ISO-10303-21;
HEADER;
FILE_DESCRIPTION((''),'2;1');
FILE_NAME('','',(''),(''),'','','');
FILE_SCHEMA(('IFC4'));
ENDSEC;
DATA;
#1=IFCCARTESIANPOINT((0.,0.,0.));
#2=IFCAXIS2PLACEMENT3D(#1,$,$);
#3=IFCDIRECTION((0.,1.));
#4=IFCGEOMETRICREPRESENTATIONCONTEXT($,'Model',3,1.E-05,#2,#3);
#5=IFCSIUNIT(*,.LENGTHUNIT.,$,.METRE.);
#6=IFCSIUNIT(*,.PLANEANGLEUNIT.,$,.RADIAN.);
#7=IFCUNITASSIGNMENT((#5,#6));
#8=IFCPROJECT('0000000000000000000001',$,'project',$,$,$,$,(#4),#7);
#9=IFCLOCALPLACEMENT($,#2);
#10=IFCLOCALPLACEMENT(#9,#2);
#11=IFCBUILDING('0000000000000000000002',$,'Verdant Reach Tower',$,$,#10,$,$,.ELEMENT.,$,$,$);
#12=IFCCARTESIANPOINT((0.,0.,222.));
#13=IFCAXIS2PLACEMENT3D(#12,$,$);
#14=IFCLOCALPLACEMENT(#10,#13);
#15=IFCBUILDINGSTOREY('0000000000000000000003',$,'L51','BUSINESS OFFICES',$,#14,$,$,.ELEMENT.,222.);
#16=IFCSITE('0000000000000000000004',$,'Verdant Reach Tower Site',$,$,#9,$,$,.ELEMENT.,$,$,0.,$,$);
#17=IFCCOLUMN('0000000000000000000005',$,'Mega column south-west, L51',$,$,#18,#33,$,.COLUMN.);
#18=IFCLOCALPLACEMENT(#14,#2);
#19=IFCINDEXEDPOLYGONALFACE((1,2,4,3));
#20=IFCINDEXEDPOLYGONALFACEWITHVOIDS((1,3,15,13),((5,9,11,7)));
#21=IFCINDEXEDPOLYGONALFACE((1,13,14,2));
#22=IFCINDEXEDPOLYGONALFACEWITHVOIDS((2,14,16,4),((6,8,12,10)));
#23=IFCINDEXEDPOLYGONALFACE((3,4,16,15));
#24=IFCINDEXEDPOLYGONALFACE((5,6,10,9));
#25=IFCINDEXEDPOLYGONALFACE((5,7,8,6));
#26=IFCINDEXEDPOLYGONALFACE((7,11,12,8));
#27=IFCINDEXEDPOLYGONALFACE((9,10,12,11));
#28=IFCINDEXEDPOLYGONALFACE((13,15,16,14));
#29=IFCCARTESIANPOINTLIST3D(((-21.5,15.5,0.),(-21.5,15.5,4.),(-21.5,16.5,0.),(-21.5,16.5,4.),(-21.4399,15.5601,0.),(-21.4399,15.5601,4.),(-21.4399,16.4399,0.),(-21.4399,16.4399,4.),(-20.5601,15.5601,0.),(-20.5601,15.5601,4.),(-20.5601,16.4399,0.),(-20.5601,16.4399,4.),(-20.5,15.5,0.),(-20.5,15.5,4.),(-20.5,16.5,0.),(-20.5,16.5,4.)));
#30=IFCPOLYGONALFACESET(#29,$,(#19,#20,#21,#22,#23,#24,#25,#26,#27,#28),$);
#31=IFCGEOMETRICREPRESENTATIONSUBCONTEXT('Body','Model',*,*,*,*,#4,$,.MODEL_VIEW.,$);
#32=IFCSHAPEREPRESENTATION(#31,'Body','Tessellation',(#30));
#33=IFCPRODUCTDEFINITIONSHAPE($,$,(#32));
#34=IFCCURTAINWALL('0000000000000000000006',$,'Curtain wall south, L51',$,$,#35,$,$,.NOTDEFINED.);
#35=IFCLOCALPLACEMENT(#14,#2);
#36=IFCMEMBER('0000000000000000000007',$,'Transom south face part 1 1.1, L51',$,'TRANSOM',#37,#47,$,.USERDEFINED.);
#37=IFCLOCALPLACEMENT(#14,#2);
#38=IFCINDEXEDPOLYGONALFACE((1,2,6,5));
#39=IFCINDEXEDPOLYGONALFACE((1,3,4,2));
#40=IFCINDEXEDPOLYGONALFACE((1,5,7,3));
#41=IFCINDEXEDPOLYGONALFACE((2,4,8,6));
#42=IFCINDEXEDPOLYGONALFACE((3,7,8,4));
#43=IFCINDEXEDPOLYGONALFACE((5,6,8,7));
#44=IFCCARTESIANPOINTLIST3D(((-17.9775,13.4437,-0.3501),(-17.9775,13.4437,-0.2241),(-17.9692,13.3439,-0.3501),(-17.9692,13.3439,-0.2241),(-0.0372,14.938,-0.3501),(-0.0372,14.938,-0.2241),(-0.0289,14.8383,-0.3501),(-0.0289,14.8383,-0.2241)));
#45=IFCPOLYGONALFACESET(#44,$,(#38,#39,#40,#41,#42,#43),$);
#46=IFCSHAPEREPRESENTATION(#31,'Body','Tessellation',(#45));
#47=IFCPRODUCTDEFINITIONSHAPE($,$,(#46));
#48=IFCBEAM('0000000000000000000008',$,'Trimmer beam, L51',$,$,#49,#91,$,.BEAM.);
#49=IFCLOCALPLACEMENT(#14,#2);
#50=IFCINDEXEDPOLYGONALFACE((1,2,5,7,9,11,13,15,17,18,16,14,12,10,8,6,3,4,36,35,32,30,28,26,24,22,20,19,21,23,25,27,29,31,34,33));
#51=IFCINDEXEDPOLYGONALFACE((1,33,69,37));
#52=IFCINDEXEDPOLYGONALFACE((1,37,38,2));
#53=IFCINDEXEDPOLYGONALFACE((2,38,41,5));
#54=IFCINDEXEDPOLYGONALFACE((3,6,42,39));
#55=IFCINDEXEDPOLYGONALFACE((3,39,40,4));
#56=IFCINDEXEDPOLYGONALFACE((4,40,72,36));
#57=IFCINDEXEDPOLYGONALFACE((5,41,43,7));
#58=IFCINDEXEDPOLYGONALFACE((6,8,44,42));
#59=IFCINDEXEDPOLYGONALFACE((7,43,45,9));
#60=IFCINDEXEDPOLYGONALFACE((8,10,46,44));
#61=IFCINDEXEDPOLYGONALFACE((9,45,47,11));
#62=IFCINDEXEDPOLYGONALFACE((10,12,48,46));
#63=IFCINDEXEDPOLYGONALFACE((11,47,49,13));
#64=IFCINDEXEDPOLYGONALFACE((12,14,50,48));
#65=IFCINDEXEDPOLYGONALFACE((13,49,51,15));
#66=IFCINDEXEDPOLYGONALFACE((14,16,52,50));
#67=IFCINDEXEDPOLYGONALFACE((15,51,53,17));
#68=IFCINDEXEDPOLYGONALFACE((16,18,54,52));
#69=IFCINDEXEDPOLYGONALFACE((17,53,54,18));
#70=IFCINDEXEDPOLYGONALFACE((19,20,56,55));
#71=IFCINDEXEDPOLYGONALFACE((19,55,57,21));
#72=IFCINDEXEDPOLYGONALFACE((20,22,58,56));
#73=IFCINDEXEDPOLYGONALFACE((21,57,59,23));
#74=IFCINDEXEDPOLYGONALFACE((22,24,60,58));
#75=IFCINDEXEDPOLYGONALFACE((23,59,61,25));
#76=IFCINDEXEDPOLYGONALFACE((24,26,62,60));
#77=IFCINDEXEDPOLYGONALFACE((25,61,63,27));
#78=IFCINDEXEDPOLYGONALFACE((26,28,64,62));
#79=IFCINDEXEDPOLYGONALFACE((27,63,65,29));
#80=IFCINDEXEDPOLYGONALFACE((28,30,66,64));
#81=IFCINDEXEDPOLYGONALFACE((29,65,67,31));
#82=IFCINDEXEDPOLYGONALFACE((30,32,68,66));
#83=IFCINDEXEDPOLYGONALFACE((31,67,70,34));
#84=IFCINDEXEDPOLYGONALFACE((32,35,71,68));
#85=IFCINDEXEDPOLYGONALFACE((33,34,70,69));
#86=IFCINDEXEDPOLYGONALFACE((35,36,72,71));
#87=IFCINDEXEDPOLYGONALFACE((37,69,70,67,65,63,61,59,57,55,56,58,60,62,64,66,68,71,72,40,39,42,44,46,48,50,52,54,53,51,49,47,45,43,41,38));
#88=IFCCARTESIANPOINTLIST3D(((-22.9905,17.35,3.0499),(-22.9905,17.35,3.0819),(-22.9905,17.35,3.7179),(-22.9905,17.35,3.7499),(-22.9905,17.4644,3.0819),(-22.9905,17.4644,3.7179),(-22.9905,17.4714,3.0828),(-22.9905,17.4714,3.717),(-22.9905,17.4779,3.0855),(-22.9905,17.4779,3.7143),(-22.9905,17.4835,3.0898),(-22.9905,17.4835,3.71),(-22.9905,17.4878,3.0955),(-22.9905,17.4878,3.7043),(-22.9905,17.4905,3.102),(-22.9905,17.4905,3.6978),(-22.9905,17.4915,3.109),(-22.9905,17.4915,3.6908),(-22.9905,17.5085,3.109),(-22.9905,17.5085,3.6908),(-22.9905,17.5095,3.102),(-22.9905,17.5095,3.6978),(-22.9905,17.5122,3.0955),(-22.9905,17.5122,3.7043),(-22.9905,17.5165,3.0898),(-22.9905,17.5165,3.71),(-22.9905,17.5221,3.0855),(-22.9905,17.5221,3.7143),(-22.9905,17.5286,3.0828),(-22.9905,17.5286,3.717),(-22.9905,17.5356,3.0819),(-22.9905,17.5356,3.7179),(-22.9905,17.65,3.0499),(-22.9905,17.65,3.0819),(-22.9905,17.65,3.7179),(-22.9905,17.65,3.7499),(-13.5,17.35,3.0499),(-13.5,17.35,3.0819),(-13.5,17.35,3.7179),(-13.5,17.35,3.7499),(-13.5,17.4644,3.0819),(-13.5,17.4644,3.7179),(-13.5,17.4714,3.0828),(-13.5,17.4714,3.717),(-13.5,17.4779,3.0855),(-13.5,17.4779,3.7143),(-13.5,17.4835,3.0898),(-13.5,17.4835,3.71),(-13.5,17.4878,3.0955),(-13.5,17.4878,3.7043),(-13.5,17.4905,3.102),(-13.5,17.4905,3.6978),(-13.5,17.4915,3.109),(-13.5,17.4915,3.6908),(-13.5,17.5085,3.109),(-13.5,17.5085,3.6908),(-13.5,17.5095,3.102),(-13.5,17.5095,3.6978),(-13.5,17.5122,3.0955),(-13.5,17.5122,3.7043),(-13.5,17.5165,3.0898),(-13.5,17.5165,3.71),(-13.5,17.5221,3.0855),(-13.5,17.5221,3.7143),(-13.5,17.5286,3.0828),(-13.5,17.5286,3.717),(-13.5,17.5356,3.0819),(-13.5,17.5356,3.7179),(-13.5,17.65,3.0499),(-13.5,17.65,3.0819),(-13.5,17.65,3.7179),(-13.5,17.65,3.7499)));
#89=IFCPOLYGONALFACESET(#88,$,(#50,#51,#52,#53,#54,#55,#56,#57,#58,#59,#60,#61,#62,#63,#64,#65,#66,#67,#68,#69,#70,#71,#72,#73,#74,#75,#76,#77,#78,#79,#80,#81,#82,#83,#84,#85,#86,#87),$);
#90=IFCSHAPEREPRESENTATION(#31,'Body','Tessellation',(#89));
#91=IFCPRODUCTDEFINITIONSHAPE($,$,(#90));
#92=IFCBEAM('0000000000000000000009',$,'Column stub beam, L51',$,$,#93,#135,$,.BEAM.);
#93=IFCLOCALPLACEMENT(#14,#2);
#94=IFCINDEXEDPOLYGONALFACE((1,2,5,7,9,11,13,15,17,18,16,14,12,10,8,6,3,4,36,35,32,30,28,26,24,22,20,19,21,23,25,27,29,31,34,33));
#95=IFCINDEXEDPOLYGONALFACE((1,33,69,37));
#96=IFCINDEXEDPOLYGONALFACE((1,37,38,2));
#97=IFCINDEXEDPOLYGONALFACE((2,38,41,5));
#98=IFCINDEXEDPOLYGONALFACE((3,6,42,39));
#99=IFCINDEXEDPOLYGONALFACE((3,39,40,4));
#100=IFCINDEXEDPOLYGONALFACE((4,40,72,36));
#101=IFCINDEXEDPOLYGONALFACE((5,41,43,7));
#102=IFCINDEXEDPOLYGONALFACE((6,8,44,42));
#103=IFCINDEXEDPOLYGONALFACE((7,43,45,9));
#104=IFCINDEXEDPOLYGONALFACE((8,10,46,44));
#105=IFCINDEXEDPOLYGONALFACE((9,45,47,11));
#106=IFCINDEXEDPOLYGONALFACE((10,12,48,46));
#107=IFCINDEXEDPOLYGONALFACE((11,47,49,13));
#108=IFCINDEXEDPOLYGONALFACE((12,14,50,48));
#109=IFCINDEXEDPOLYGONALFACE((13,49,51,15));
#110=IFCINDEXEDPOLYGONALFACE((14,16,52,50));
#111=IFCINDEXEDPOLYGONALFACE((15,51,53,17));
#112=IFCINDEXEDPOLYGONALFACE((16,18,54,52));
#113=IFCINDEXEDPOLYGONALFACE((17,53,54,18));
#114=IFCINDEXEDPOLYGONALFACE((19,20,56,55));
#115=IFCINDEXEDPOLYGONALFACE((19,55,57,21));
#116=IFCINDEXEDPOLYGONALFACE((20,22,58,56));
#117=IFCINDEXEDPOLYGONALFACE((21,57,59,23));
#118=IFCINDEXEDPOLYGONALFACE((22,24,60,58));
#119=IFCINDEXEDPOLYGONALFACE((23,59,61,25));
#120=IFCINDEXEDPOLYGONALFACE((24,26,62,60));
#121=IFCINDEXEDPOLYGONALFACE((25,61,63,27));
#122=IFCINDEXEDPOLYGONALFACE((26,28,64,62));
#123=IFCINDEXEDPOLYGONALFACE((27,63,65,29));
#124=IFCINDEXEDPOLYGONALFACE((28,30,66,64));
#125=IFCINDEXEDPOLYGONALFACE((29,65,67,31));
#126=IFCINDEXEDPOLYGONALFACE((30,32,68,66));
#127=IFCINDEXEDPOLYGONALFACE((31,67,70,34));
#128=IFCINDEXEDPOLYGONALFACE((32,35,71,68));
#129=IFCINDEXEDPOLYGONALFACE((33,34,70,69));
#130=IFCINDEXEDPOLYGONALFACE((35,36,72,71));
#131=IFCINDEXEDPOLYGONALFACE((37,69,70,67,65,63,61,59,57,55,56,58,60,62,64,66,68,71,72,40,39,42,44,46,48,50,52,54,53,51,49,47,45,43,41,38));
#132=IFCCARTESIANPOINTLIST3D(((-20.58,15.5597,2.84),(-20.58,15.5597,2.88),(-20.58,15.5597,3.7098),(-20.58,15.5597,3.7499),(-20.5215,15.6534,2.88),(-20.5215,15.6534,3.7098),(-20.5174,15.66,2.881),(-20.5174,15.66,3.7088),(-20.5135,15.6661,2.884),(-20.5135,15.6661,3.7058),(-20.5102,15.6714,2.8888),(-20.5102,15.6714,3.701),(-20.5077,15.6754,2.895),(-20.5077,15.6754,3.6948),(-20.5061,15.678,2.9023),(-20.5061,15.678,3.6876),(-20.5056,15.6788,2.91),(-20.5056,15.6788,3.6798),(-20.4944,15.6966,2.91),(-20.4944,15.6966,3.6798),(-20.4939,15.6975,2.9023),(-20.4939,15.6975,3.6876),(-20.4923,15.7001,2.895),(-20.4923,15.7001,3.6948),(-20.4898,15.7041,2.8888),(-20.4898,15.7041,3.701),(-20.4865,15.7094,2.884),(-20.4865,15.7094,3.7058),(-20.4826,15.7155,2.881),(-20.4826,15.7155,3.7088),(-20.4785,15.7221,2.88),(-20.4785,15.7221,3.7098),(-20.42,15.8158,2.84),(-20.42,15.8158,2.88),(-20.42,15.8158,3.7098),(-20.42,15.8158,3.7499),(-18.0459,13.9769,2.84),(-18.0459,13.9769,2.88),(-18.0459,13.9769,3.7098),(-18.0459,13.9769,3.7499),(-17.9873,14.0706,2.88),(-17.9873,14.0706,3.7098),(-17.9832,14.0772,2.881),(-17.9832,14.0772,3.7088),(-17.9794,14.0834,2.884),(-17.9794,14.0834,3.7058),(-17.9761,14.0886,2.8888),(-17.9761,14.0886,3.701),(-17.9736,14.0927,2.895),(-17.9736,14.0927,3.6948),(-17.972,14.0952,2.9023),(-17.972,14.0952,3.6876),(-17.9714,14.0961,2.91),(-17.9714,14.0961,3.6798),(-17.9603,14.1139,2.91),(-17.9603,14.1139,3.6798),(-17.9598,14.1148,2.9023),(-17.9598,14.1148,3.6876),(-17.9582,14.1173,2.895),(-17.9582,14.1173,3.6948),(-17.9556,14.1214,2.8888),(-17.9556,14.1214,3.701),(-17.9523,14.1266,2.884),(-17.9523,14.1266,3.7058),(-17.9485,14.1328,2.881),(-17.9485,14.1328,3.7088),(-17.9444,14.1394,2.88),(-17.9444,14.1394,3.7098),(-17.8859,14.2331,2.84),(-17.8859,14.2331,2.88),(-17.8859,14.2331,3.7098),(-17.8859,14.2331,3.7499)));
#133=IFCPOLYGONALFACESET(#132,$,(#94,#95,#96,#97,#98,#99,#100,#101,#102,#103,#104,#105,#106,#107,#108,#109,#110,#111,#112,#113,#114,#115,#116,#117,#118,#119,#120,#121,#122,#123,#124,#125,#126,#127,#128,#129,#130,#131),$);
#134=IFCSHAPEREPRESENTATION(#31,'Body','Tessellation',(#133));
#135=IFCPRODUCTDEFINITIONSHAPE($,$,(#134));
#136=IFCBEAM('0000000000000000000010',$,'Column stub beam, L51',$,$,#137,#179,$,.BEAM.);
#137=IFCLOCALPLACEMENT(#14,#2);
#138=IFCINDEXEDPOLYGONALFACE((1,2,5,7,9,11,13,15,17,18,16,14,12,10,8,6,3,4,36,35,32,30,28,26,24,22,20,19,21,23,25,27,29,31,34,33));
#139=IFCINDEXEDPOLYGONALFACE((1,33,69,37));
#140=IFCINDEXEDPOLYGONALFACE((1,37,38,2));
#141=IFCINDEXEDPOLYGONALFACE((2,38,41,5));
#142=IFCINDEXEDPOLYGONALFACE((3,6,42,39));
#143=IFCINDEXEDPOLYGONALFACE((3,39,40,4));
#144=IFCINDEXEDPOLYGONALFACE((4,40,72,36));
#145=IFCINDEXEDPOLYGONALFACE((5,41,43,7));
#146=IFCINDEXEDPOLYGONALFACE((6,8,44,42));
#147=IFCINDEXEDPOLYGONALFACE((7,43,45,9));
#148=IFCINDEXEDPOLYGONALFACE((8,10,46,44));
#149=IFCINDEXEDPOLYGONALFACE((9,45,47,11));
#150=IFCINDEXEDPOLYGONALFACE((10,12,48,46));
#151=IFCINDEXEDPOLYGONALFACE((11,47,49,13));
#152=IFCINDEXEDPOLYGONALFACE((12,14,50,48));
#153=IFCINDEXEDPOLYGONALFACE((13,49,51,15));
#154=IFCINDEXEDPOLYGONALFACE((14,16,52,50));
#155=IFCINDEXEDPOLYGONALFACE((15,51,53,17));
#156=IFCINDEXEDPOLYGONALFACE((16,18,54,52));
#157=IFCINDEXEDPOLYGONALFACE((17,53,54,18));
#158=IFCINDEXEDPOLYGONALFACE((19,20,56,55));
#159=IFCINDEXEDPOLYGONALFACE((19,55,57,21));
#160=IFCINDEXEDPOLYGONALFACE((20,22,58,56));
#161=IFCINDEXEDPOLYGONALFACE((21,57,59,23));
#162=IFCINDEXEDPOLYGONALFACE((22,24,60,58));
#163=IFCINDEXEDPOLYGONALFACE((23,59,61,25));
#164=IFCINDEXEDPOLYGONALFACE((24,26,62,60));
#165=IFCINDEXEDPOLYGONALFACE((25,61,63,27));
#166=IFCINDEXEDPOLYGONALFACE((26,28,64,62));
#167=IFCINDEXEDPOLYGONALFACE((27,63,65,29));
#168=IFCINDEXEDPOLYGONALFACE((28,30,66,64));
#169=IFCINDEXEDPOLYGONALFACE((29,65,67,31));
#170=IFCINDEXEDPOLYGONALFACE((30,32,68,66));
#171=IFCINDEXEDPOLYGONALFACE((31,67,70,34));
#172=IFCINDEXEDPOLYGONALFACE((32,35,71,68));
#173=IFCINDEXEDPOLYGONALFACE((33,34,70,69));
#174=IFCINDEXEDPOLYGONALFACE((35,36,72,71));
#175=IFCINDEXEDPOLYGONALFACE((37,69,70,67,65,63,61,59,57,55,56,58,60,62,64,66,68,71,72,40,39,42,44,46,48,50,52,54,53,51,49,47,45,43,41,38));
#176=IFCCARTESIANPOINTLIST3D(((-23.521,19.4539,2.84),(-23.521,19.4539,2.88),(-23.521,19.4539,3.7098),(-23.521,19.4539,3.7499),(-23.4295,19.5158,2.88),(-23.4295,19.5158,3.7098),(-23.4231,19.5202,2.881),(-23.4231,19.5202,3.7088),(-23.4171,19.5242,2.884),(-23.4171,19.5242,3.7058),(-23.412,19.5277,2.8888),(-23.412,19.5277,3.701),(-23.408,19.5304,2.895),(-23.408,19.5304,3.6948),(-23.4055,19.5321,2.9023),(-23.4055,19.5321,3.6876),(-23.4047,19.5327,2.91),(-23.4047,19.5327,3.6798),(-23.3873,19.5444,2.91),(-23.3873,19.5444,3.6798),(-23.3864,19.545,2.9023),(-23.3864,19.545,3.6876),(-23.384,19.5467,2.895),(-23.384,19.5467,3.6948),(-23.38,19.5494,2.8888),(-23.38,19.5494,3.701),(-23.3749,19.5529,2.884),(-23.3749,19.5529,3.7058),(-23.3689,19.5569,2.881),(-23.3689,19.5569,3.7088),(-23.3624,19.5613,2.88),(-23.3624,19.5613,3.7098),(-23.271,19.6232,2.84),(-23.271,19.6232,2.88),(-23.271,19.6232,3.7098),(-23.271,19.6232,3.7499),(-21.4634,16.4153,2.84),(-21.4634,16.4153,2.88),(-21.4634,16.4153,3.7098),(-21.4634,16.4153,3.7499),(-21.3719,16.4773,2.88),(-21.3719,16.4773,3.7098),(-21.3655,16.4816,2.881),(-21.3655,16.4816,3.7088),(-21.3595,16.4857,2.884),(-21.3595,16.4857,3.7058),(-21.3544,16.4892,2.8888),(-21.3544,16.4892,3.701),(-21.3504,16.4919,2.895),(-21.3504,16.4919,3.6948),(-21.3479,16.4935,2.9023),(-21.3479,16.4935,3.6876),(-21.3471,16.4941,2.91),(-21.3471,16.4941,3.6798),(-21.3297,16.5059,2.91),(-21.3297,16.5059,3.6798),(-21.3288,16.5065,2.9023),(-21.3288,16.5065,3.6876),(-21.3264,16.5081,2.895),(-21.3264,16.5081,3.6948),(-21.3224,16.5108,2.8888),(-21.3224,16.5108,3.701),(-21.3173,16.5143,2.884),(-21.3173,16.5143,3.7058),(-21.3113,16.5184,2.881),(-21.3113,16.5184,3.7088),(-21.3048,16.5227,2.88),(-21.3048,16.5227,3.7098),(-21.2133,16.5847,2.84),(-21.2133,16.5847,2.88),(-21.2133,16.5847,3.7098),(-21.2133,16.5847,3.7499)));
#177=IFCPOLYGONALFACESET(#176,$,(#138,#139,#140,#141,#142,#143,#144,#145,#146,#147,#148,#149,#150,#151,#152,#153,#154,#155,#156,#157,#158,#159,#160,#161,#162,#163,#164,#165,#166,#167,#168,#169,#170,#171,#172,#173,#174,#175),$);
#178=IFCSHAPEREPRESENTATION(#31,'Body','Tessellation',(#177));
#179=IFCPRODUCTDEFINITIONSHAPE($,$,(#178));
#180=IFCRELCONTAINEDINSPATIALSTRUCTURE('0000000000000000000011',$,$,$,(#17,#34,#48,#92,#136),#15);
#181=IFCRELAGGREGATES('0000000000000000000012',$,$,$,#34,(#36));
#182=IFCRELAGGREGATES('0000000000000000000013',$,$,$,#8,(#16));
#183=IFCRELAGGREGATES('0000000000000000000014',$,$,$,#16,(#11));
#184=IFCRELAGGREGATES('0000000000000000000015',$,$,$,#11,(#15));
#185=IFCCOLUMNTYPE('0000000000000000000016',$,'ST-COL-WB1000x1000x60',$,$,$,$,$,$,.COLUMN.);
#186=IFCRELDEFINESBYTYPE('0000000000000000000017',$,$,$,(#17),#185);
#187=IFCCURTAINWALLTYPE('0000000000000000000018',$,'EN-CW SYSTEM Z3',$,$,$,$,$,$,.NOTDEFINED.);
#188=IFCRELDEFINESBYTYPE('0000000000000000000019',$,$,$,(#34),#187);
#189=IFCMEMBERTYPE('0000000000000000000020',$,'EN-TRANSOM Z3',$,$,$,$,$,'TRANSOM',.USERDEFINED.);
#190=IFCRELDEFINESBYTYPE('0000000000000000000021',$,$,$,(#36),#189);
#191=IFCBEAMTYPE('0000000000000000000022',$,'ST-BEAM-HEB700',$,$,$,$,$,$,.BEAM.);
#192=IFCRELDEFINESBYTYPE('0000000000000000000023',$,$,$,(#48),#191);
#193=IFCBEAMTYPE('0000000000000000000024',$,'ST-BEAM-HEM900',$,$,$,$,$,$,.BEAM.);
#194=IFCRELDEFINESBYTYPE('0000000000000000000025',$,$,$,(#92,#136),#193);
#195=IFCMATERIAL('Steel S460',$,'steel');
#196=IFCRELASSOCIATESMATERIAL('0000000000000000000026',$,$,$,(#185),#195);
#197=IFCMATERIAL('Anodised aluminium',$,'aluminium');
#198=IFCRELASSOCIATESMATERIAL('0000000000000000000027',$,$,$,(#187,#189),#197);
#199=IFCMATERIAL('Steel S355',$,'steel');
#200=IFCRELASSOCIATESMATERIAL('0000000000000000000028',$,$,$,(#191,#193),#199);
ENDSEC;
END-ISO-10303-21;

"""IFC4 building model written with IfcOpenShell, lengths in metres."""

from ifc_helpers import new_model, si_unit, direction, frame, origin, origin_2d, place, context, subcontext, project, spatial, rectangle, hollow_rectangle, i_section, extrude, material, material_profile, profile_set, type_object, element, aggregate, save


model = new_model("IFC4")

# Units and contexts
model_context = context("Model", 3, precision=1e-05, world=origin(), true_north=direction((0.0, 1.0)))
body_context = subcontext(model_context, "Body", "Model", "MODEL_VIEW")
ifc_project = project(units=[si_unit("LENGTHUNIT", "METRE"), si_unit("PLANEANGLEUNIT", "RADIAN")], contexts=[model_context])

# Site, building, storey
site_placement = place(None, origin())
site = spatial("IfcSite", under=ifc_project, at=site_placement, Name="Verdant Reach Tower Site", CompositionType="ELEMENT", RefElevation=0.0)
building_placement = place(site_placement, origin())
building = spatial("IfcBuilding", under=site, at=building_placement, Name="Verdant Reach Tower", CompositionType="ELEMENT")
storey_placement = place(building_placement, frame((0.0, 0.0, 222.0)))
storey = spatial("IfcBuildingStorey", under=building, at=storey_placement, Name="L51", Description="BUSINESS OFFICES", CompositionType="ELEMENT", Elevation=222.0)

# Column
ifc_material_1 = material(Name="Steel S460", Category="steel")
ifc_material_profile_1 = material_profile(ifc_material_1, hollow_rectangle(XDim=1.0, YDim=1.0, WallThickness=0.0601, at=origin_2d()), Name="WB 1000x1000x60")
ifc_profile_set_1 = profile_set([ifc_material_profile_1], Name="Steel S460")
column_type = type_object("IfcColumnType", Name="ST-COL-WB1000x1000x60", PredefinedType="COLUMN", material=ifc_profile_set_1)
column_placement = place(storey_placement, frame((-21.0, 16.0, 0.0), z_axis=(0.0, 0.0, 1.0), x_axis=(1.0, 0.0, 0.0)))
element("IfcColumn", 1, at=column_placement, inside=storey, type_object=column_type, Name="Mega column south-west, L51", PredefinedType="COLUMN", context=body_context, shape_type="SweptSolid", body=[
    extrude(hollow_rectangle(XDim=1.0, YDim=1.0, WallThickness=0.0601, at=origin_2d()), origin(), (0.0, 0.0, 1.0), 4.0),
])

# Curtain wall, member
ifc_material_2 = material(Name="Anodised aluminium", Category="aluminium")
curtain_wall_type = type_object("IfcCurtainWallType", Name="EN-CW SYSTEM Z3", PredefinedType="NOTDEFINED", material=ifc_material_2)
curtain_wall_1_placement = place(storey_placement, origin())
curtain_wall_1 = element("IfcCurtainWall", 2, at=curtain_wall_1_placement, inside=storey, type_object=curtain_wall_type, Name="Curtain wall south, L51", PredefinedType="NOTDEFINED")
ifc_material_profile_2 = material_profile(ifc_material_2, rectangle(XDim=0.1001, YDim=0.126, at=origin_2d()), Name="Transom 126x100")
ifc_profile_set_2 = profile_set([ifc_material_profile_2], Name="Anodised aluminium")
member_type = type_object("IfcMemberType", Name="EN-TRANSOM Z3", ElementType="TRANSOM", PredefinedType="USERDEFINED", material=ifc_profile_set_2)
member_placement = place(storey_placement, frame((-17.9734, 13.3938, -0.2871), z_axis=(0.996549, 0.08301, 0.0), x_axis=(-0.08301, 0.996549, 0.0)))
member = element("IfcMember", 3, at=member_placement, type_object=member_type, Name="Transom south face part 1 1.1, L51", ObjectType="TRANSOM", PredefinedType="USERDEFINED", context=body_context, shape_type="SweptSolid", body=[
    extrude(rectangle(XDim=0.1001, YDim=0.126, at=origin_2d()), origin(), (0.0, 0.0, 1.0), 18.0024),
])

# Beams
ifc_material_3 = material(Name="Steel S355", Category="steel")
ifc_material_profile_3 = material_profile(ifc_material_3, i_section(OverallWidth=0.3, OverallDepth=0.7, WebThickness=0.0171, FlangeThickness=0.032, FilletRadius=0.0271, at=origin_2d()), Name="HEB 700")
ifc_profile_set_3 = profile_set([ifc_material_profile_3], Name="Steel S355")
beam_type_1 = type_object("IfcBeamType", Name="ST-BEAM-HEB700", PredefinedType="BEAM", material=ifc_profile_set_3)
beam_1_placement = place(storey_placement, frame((-13.5, 17.5, 3.3999), z_axis=(-1.0, 0.0, 0.0), x_axis=(0.0, -1.0, 0.0)))
element("IfcBeam", 4, at=beam_1_placement, inside=storey, type_object=beam_type_1, Name="Trimmer beam, L51", PredefinedType="BEAM", context=body_context, shape_type="SweptSolid", body=[
    extrude(i_section(OverallWidth=0.3, OverallDepth=0.7, WebThickness=0.0171, FlangeThickness=0.032, FilletRadius=0.0271, at=origin_2d()), origin(), (0.0, 0.0, 1.0), 9.4905),
])
ifc_material_profile_4 = material_profile(ifc_material_3, i_section(OverallWidth=0.302, OverallDepth=0.9099, WebThickness=0.021, FlangeThickness=0.04, FilletRadius=0.03, at=origin_2d()), Name="HEM 900")
ifc_profile_set_4 = profile_set([ifc_material_profile_4], Name="Steel S355")
beam_type_2 = type_object("IfcBeamType", Name="ST-BEAM-HEM900", PredefinedType="BEAM", material=ifc_profile_set_4)
beam_2_placement = place(storey_placement, frame((-20.5, 15.6877, 3.2949), z_axis=(0.848164, -0.529735, 0.0), x_axis=(0.529735, 0.848164, 0.0)))
element("IfcBeam", 5, at=beam_2_placement, inside=storey, type_object=beam_type_2, Name="Column stub beam, L51", PredefinedType="BEAM", context=body_context, shape_type="SweptSolid", body=[
    extrude(i_section(OverallWidth=0.302, OverallDepth=0.9099, WebThickness=0.021, FlangeThickness=0.04, FilletRadius=0.03, at=origin_2d()), origin(), (0.0, 0.0, 1.0), 2.9878),
])
beam_3_placement = place(storey_placement, frame((-21.3384, 16.5, 3.2949), z_axis=(-0.560704, 0.828016, 0.0), x_axis=(-0.828016, -0.560704, 0.0)))
element("IfcBeam", 6, at=beam_3_placement, inside=storey, type_object=beam_type_2, Name="Column stub beam, L51", PredefinedType="BEAM", context=body_context, shape_type="SweptSolid", body=[
    extrude(i_section(OverallWidth=0.302, OverallDepth=0.9099, WebThickness=0.021, FlangeThickness=0.04, FilletRadius=0.03, at=origin_2d()), origin(), (0.0, 0.0, 1.0), 3.6697),
])

aggregate(curtain_wall_1, [member])

save(model, "model.ifc")
